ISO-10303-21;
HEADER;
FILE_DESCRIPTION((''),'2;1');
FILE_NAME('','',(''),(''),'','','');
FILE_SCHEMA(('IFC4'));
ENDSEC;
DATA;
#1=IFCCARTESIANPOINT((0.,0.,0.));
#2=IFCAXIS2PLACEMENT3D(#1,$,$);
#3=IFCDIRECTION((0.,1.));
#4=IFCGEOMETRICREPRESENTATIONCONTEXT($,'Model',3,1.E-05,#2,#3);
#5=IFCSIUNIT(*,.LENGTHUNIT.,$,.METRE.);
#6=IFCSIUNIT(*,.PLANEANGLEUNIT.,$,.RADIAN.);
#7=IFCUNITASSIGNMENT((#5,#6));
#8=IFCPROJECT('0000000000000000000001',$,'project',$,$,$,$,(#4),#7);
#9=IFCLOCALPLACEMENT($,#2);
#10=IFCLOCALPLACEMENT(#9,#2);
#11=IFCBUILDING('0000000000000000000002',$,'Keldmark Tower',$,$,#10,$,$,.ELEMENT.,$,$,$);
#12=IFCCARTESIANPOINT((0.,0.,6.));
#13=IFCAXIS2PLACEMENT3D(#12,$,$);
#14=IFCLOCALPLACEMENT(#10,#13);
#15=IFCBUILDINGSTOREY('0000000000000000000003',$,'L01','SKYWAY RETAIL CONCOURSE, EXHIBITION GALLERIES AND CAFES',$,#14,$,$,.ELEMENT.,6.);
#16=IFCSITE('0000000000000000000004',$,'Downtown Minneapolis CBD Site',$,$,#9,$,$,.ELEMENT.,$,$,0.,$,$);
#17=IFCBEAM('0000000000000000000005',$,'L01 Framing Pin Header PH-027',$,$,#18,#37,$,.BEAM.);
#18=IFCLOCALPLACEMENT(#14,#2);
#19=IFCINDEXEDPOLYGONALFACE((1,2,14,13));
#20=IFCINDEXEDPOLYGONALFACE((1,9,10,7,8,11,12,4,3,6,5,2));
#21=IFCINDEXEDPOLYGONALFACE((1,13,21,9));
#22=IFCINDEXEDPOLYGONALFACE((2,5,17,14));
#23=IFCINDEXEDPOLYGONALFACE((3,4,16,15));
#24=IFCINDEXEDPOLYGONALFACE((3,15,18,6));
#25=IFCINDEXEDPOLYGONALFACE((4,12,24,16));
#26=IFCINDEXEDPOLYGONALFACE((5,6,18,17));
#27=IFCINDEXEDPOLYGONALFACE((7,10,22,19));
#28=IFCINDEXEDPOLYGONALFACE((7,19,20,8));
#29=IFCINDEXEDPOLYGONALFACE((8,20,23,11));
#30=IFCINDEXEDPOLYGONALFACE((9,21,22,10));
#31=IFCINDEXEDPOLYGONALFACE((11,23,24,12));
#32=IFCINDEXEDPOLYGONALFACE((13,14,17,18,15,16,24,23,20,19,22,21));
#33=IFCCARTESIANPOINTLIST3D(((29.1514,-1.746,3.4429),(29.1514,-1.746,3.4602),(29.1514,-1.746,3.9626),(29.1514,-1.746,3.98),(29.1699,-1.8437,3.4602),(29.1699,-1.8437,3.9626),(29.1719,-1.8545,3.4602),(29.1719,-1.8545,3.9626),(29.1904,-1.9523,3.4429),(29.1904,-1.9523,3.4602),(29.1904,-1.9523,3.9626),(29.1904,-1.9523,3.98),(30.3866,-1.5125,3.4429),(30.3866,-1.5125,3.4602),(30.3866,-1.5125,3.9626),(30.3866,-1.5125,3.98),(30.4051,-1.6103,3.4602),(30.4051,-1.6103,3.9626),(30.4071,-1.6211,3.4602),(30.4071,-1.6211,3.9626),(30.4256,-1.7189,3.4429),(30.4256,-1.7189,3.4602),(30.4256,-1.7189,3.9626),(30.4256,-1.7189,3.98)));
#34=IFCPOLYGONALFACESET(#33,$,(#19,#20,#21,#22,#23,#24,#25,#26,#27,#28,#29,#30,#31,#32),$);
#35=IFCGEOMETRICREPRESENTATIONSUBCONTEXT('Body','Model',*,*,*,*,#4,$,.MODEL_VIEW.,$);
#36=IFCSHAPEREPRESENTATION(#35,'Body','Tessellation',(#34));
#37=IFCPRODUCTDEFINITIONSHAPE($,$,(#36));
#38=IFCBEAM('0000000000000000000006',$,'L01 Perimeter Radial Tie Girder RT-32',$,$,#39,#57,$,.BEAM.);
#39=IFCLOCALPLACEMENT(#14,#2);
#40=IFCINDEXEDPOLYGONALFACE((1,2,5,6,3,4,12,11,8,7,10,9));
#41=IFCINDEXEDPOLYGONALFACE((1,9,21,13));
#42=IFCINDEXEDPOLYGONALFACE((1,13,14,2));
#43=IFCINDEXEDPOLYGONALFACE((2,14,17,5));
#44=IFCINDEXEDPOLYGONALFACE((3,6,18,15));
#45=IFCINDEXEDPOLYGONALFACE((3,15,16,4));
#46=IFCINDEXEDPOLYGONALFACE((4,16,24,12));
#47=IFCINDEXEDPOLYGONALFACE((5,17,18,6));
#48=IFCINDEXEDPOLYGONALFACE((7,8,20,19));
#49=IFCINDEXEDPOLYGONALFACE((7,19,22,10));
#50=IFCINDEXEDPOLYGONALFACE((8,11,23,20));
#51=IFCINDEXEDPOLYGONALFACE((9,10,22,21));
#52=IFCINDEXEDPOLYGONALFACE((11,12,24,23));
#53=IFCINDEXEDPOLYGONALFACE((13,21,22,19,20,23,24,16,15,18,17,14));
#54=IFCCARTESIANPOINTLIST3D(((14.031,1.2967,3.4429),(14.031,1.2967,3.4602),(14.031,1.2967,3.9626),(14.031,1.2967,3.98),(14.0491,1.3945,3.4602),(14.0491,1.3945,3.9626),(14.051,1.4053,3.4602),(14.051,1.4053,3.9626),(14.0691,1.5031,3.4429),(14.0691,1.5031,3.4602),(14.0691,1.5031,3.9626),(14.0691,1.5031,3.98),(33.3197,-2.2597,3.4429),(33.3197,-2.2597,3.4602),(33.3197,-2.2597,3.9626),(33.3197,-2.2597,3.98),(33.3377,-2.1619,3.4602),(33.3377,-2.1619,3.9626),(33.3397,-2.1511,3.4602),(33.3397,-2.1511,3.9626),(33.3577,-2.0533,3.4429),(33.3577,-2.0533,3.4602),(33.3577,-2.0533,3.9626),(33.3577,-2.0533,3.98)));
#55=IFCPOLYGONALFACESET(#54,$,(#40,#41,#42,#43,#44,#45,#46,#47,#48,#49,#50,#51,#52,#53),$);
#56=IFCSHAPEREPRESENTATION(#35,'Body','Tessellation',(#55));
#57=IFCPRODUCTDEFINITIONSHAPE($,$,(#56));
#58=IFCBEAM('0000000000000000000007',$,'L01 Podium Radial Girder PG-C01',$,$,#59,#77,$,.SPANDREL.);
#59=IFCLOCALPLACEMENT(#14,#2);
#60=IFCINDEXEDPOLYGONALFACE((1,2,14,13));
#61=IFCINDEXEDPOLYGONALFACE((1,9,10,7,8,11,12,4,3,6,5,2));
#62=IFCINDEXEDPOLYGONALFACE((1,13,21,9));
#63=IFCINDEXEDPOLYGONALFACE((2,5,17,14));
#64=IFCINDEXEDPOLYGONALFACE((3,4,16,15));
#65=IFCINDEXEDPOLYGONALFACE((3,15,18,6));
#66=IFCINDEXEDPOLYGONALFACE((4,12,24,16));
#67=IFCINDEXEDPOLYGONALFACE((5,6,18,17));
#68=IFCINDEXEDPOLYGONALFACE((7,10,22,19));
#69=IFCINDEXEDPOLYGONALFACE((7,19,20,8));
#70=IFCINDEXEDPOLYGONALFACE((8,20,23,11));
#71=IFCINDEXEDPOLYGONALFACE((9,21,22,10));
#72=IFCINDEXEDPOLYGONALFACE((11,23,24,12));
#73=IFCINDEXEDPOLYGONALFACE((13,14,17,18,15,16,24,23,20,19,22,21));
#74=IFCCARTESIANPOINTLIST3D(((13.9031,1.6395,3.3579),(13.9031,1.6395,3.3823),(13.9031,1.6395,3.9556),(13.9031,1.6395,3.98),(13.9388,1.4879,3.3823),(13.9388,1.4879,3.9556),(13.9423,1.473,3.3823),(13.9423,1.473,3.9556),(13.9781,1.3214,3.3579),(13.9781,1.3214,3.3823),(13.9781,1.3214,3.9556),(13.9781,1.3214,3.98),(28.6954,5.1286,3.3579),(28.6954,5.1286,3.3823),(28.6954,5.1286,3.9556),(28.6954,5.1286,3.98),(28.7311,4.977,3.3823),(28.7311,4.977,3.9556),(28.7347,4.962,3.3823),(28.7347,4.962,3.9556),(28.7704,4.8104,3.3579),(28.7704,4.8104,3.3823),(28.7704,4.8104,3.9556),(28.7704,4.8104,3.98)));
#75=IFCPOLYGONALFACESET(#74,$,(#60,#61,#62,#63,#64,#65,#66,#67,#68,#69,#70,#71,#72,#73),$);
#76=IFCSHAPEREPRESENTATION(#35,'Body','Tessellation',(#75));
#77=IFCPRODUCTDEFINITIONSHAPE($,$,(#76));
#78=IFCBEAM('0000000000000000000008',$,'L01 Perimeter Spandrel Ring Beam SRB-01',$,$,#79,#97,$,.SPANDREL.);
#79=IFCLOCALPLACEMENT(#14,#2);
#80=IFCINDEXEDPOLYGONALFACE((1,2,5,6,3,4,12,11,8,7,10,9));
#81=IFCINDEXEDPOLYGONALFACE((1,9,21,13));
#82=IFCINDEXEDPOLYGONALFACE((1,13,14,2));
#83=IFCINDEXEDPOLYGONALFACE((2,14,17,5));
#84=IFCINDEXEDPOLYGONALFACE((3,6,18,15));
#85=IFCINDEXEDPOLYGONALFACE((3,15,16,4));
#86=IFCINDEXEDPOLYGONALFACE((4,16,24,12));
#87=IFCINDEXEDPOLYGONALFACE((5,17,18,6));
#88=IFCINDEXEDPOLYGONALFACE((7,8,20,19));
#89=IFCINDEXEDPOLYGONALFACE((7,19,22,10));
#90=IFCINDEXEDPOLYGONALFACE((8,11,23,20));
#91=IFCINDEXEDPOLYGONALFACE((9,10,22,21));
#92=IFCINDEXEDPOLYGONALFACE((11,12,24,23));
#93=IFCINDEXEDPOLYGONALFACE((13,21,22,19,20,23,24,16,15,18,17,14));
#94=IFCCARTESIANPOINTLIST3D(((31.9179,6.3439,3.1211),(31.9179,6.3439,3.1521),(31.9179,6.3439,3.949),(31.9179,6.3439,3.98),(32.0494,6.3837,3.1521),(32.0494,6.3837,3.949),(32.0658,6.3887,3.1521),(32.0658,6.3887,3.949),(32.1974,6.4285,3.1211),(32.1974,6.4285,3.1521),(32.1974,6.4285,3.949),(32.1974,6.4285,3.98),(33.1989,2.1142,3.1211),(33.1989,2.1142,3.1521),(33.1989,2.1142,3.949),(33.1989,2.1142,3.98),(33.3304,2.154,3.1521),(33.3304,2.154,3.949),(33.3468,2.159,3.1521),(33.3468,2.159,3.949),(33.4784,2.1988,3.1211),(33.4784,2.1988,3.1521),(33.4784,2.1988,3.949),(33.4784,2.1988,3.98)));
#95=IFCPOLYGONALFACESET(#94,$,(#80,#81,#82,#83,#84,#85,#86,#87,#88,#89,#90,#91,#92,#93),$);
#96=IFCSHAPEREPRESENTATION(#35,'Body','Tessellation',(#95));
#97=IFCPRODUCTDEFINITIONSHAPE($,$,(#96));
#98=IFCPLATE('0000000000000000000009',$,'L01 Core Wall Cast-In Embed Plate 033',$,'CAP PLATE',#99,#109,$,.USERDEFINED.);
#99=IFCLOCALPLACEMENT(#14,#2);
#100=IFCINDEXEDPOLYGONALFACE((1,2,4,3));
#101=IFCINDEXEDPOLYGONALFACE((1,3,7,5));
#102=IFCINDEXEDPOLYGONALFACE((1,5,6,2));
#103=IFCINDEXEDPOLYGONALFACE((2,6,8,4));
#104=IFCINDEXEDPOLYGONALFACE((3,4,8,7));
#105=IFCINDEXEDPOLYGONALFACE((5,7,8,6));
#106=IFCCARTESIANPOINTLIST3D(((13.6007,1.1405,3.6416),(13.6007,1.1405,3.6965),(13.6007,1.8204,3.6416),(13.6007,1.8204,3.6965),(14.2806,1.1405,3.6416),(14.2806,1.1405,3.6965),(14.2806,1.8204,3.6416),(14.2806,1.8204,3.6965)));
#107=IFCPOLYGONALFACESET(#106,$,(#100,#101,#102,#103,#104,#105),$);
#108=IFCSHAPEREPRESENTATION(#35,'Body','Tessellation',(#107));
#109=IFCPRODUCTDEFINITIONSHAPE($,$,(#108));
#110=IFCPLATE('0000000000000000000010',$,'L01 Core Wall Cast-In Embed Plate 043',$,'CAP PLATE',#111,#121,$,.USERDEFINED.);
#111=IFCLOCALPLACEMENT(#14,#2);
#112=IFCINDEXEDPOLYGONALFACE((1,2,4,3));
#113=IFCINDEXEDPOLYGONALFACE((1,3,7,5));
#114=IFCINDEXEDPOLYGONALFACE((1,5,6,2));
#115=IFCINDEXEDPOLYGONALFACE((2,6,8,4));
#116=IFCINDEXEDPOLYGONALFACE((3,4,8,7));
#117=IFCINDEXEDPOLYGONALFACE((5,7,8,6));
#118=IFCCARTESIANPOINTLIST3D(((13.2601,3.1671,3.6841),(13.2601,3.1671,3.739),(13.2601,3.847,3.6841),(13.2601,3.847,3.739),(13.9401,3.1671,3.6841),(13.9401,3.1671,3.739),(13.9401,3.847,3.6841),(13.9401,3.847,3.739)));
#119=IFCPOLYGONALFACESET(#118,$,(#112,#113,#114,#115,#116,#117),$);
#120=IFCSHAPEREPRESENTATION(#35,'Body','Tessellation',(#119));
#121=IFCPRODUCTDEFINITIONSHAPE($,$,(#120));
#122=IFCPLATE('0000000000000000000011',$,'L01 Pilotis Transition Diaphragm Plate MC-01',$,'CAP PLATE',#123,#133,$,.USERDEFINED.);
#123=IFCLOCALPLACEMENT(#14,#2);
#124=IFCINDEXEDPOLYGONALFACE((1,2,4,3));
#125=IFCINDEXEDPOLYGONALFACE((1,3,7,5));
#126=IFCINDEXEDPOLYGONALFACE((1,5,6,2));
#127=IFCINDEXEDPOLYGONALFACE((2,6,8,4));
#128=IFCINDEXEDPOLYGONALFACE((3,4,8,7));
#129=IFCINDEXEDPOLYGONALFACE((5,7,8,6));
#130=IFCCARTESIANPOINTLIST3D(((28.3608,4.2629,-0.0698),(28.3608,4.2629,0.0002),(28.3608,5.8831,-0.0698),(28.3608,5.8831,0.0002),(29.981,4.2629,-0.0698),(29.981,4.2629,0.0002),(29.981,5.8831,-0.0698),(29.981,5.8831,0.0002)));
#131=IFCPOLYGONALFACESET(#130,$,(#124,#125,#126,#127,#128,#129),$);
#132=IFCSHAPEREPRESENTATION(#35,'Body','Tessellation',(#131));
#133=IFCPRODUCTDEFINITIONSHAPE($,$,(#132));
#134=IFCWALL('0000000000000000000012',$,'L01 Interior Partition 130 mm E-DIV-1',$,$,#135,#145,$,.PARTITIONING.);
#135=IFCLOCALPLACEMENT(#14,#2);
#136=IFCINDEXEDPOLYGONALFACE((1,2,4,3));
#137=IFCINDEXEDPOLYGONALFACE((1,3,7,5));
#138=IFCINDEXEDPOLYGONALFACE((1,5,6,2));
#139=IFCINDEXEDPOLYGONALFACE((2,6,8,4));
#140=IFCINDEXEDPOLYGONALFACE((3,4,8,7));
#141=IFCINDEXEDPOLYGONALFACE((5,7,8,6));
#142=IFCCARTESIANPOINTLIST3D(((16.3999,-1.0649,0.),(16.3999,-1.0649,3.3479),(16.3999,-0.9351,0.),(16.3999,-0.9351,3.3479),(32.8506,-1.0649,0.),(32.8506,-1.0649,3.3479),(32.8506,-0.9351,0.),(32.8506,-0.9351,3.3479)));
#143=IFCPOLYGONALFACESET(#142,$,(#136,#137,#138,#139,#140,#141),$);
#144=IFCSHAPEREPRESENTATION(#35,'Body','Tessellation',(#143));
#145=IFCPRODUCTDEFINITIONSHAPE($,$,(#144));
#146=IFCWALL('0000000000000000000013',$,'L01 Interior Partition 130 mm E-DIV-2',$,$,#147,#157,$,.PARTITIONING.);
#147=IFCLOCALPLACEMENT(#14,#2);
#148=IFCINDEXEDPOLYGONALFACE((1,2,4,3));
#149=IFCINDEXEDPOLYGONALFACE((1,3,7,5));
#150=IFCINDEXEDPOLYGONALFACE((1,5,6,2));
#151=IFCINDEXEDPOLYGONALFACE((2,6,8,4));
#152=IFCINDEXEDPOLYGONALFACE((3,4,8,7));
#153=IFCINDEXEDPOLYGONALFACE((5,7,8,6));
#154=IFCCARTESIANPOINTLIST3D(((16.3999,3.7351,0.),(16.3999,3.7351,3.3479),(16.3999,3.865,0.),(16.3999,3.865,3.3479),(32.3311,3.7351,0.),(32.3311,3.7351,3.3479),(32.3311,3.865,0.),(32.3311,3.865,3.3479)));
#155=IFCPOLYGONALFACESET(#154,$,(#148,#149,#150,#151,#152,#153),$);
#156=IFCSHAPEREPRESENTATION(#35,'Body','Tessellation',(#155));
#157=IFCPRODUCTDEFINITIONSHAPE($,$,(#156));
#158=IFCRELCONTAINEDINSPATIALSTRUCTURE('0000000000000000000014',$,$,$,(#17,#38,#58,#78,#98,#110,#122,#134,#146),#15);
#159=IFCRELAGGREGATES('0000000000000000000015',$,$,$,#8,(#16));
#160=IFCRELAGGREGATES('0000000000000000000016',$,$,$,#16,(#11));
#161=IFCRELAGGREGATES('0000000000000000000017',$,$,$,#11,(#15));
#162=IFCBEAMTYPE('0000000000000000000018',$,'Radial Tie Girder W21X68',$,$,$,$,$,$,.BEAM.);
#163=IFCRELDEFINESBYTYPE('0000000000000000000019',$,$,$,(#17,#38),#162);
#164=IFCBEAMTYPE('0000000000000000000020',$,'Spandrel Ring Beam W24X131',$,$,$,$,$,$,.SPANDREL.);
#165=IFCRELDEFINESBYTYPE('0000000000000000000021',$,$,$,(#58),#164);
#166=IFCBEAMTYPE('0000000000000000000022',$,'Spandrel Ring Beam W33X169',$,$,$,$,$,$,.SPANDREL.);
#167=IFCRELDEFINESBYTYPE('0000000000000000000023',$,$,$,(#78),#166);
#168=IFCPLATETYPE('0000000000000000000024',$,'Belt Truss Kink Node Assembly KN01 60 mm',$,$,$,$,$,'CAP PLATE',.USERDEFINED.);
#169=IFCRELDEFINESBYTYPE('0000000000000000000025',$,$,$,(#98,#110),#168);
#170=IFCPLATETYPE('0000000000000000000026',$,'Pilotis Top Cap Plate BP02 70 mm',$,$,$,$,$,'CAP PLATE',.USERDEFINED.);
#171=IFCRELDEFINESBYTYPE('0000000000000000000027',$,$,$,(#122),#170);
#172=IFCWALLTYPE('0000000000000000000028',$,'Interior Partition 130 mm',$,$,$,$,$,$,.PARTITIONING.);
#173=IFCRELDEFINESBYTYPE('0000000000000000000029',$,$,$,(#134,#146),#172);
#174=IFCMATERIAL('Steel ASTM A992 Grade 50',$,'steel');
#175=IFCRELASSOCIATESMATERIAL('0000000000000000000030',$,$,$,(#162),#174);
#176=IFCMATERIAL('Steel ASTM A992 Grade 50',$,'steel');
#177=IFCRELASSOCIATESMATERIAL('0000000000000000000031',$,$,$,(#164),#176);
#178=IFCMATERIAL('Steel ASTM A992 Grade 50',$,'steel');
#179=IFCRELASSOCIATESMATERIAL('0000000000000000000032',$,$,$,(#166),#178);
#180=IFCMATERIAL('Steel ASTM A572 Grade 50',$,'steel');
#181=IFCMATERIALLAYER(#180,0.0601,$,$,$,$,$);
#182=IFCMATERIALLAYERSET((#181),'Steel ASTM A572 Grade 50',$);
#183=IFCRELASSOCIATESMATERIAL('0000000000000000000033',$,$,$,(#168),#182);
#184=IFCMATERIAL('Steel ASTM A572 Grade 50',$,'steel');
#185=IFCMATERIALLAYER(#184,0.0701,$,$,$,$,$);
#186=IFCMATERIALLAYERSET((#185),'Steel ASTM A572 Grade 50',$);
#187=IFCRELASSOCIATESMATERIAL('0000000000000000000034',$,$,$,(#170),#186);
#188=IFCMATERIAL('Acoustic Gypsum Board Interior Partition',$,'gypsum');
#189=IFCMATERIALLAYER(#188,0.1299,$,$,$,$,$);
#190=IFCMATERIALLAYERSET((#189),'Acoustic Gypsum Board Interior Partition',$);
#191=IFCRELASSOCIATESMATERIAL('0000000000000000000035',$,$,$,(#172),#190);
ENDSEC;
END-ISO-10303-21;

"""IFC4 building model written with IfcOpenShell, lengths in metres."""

from ifc_helpers import new_model, si_unit, direction, frame, frame_2d, origin, origin_2d, place, context, subcontext, project, spatial, rectangle, i_section, extrude, material, layer, layer_set, material_profile, profile_set, type_object, element, save


model = new_model("IFC4")

# Units and contexts
model_context = context("Model", 3, precision=1e-05, world=origin(), true_north=direction((0.0, 1.0)))
body_context = subcontext(model_context, "Body", "Model", "MODEL_VIEW")
ifc_project = project(units=[si_unit("LENGTHUNIT", "METRE"), si_unit("PLANEANGLEUNIT", "RADIAN")], contexts=[model_context])

# Site, building, storey
site_placement = place(None, origin())
site = spatial("IfcSite", under=ifc_project, at=site_placement, Name="Downtown Minneapolis CBD Site", CompositionType="ELEMENT", RefElevation=0.0)
building_placement = place(site_placement, origin())
building = spatial("IfcBuilding", under=site, at=building_placement, Name="Keldmark Tower", CompositionType="ELEMENT")
storey_placement = place(building_placement, frame((0.0, 0.0, 6.0)))
storey = spatial("IfcBuildingStorey", under=building, at=storey_placement, Name="L01", Description="SKYWAY RETAIL CONCOURSE, EXHIBITION GALLERIES AND CAFES", CompositionType="ELEMENT", Elevation=6.0)

# Beams
ifc_material_1 = material(Name="Steel ASTM A992 Grade 50", Category="steel")
ifc_material_profile_1 = material_profile(ifc_material_1, i_section(OverallWidth=0.21, OverallDepth=0.5371, WebThickness=0.011, FlangeThickness=0.0173, at=origin_2d()), Name="W21X68")
ifc_profile_set_1 = profile_set([ifc_material_profile_1], Name="Steel ASTM A992 Grade 50")
beam_type_1 = type_object("IfcBeamType", Name="Radial Tie Girder W21X68", PredefinedType="BEAM", material=ifc_profile_set_1)
beam_1_placement = place(storey_placement, frame((29.1709, -1.8491, 3.7114), z_axis=(0.98261, 0.185684, 0.0), x_axis=(-0.185684, 0.98261, 0.0)))
element("IfcBeam", 1, at=beam_1_placement, inside=storey, type_object=beam_type_1, Name="L01 Framing Pin Header PH-027", PredefinedType="BEAM", context=body_context, shape_type="SweptSolid", body=[
    extrude(i_section(OverallWidth=0.21, OverallDepth=0.5371, WebThickness=0.011, FlangeThickness=0.0173, at=origin_2d()), origin(), (0.0, 0.0, 1.0), 1.2571),
])
beam_2_placement = place(storey_placement, frame((14.05, 1.3999, 3.7114), z_axis=(0.983424, -0.181322, 0.0), x_axis=(0.181322, 0.983424, 0.0)))
element("IfcBeam", 2, at=beam_2_placement, inside=storey, type_object=beam_type_1, Name="L01 Perimeter Radial Tie Girder RT-32", PredefinedType="BEAM", context=body_context, shape_type="SweptSolid", body=[
    extrude(i_section(OverallWidth=0.21, OverallDepth=0.5371, WebThickness=0.011, FlangeThickness=0.0173, at=origin_2d()), origin(), (0.0, 0.0, 1.0), 19.6138),
])
ifc_material_2 = material(Name="Steel ASTM A992 Grade 50", Category="steel")
ifc_material_profile_2 = material_profile(ifc_material_2, i_section(OverallWidth=0.3269, OverallDepth=0.6221, WebThickness=0.0154, FlangeThickness=0.0244, at=origin_2d()), Name="W24X131")
ifc_profile_set_2 = profile_set([ifc_material_profile_2], Name="Steel ASTM A992 Grade 50")
beam_type_2 = type_object("IfcBeamType", Name="Spandrel Ring Beam W24X131", PredefinedType="SPANDREL", material=ifc_profile_set_2)
beam_3_placement = place(storey_placement, frame((28.7329, 4.9695, 3.6689), z_axis=(-0.973293, -0.229568, 0.0), x_axis=(0.229568, -0.973293, 0.0)))
element("IfcBeam", 3, at=beam_3_placement, inside=storey, type_object=beam_type_2, Name="L01 Podium Radial Girder PG-C01", PredefinedType="SPANDREL", context=body_context, shape_type="SweptSolid", body=[
    extrude(i_section(OverallWidth=0.3269, OverallDepth=0.6221, WebThickness=0.0154, FlangeThickness=0.0244, at=origin_2d()), origin(), (0.0, 0.0, 1.0), 15.1982),
])
ifc_material_3 = material(Name="Steel ASTM A992 Grade 50", Category="steel")
ifc_material_profile_3 = material_profile(ifc_material_3, i_section(OverallWidth=0.292, OverallDepth=0.8589, WebThickness=0.0171, FlangeThickness=0.031, at=origin_2d()), Name="W33X169")
ifc_profile_set_3 = profile_set([ifc_material_profile_3], Name="Steel ASTM A992 Grade 50")
beam_type_3 = type_object("IfcBeamType", Name="Spandrel Ring Beam W33X169", PredefinedType="SPANDREL", material=ifc_profile_set_3)
beam_4_placement = place(storey_placement, frame((33.3386, 2.1565, 3.5505), z_axis=(-0.289856, 0.95707, 0.0), x_axis=(-0.95707, -0.289856, 0.0)))
element("IfcBeam", 4, at=beam_4_placement, inside=storey, type_object=beam_type_3, Name="L01 Perimeter Spandrel Ring Beam SRB-01", PredefinedType="SPANDREL", context=body_context, shape_type="SweptSolid", body=[
    extrude(i_section(OverallWidth=0.292, OverallDepth=0.8589, WebThickness=0.0171, FlangeThickness=0.031, at=origin_2d()), origin(), (0.0, 0.0, 1.0), 4.4194),
])

# Plates
ifc_material_4 = material(Name="Steel ASTM A572 Grade 50", Category="steel")
ifc_layer_1 = layer(ifc_material_4, 0.0601)
ifc_layer_set_1 = layer_set([ifc_layer_1], Name="Steel ASTM A572 Grade 50")
plate_type_1 = type_object("IfcPlateType", Name="Belt Truss Kink Node Assembly KN01 60 mm", ElementType="CAP PLATE", PredefinedType="USERDEFINED", material=ifc_layer_set_1)
for number, where, z_axis, x_axis, name in (
    (5, (13.9407, 1.4805, 3.6416), (0.0, 0.0, 1.0), (1.0, 0.0, 0.0), "L01 Core Wall Cast-In Embed Plate 033"),
    (6, (13.6001, 3.5071, 3.6841), (0.0, 0.0, 1.0), (1.0, 0.0, 0.0), "L01 Core Wall Cast-In Embed Plate 043"),
):
    element("IfcPlate", number, at=place(storey_placement, frame(where, z_axis=z_axis, x_axis=x_axis)), inside=storey, type_object=plate_type_1, Name=name, ObjectType="CAP PLATE", PredefinedType="USERDEFINED", context=body_context, shape_type="SweptSolid", body=[
        extrude(rectangle(XDim=0.6799, YDim=0.6799, at=origin_2d()), origin(), (0.0, 0.0, 1.0), 0.0549),
    ])
ifc_material_5 = material(Name="Steel ASTM A572 Grade 50", Category="steel")
ifc_layer_2 = layer(ifc_material_5, 0.0701)
ifc_layer_set_2 = layer_set([ifc_layer_2], Name="Steel ASTM A572 Grade 50")
plate_type_2 = type_object("IfcPlateType", Name="Pilotis Top Cap Plate BP02 70 mm", ElementType="CAP PLATE", PredefinedType="USERDEFINED", material=ifc_layer_set_2)
plate_placement = place(storey_placement, frame((29.1709, 5.073, -0.0698), z_axis=(0.0, 0.0, 1.0), x_axis=(1.0, 0.0, 0.0)))
element("IfcPlate", 7, at=plate_placement, inside=storey, type_object=plate_type_2, Name="L01 Pilotis Transition Diaphragm Plate MC-01", ObjectType="CAP PLATE", PredefinedType="USERDEFINED", context=body_context, shape_type="SweptSolid", body=[
    extrude(rectangle(XDim=1.6201, YDim=1.6201, at=origin_2d()), origin(), (0.0, 0.0, 1.0), 0.0701),
])

# Walls
ifc_material_6 = material(Name="Acoustic Gypsum Board Interior Partition", Category="gypsum")
ifc_layer_3 = layer(ifc_material_6, 0.1299)
ifc_layer_set_3 = layer_set([ifc_layer_3], Name="Acoustic Gypsum Board Interior Partition")
wall_type_1 = type_object("IfcWallType", Name="Interior Partition 130 mm", PredefinedType="PARTITIONING", material=ifc_layer_set_3)
wall_1_placement = place(storey_placement, frame((16.3999, -1.0, 0.0), z_axis=(0.0, 0.0, 1.0), x_axis=(1.0, 0.0, 0.0)))
element("IfcWall", 8, at=wall_1_placement, inside=storey, type_object=wall_type_1, Name="L01 Interior Partition 130 mm E-DIV-1", PredefinedType="PARTITIONING", context=body_context, shape_type="SweptSolid", body=[
    extrude(rectangle(XDim=16.4507, YDim=0.1299, at=frame_2d((8.2253, 0.0))), origin(), (0.0, 0.0, 1.0), 3.3479),
])
wall_2_placement = place(storey_placement, frame((16.3999, 3.8, 0.0), z_axis=(0.0, 0.0, 1.0), x_axis=(1.0, 0.0, 0.0)))
element("IfcWall", 9, at=wall_2_placement, inside=storey, type_object=wall_type_1, Name="L01 Interior Partition 130 mm E-DIV-2", PredefinedType="PARTITIONING", context=body_context, shape_type="SweptSolid", body=[
    extrude(rectangle(XDim=15.9312, YDim=0.1299, at=frame_2d((7.9656, 0.0))), origin(), (0.0, 0.0, 1.0), 3.3479),
])

save(model, "model.ifc")
